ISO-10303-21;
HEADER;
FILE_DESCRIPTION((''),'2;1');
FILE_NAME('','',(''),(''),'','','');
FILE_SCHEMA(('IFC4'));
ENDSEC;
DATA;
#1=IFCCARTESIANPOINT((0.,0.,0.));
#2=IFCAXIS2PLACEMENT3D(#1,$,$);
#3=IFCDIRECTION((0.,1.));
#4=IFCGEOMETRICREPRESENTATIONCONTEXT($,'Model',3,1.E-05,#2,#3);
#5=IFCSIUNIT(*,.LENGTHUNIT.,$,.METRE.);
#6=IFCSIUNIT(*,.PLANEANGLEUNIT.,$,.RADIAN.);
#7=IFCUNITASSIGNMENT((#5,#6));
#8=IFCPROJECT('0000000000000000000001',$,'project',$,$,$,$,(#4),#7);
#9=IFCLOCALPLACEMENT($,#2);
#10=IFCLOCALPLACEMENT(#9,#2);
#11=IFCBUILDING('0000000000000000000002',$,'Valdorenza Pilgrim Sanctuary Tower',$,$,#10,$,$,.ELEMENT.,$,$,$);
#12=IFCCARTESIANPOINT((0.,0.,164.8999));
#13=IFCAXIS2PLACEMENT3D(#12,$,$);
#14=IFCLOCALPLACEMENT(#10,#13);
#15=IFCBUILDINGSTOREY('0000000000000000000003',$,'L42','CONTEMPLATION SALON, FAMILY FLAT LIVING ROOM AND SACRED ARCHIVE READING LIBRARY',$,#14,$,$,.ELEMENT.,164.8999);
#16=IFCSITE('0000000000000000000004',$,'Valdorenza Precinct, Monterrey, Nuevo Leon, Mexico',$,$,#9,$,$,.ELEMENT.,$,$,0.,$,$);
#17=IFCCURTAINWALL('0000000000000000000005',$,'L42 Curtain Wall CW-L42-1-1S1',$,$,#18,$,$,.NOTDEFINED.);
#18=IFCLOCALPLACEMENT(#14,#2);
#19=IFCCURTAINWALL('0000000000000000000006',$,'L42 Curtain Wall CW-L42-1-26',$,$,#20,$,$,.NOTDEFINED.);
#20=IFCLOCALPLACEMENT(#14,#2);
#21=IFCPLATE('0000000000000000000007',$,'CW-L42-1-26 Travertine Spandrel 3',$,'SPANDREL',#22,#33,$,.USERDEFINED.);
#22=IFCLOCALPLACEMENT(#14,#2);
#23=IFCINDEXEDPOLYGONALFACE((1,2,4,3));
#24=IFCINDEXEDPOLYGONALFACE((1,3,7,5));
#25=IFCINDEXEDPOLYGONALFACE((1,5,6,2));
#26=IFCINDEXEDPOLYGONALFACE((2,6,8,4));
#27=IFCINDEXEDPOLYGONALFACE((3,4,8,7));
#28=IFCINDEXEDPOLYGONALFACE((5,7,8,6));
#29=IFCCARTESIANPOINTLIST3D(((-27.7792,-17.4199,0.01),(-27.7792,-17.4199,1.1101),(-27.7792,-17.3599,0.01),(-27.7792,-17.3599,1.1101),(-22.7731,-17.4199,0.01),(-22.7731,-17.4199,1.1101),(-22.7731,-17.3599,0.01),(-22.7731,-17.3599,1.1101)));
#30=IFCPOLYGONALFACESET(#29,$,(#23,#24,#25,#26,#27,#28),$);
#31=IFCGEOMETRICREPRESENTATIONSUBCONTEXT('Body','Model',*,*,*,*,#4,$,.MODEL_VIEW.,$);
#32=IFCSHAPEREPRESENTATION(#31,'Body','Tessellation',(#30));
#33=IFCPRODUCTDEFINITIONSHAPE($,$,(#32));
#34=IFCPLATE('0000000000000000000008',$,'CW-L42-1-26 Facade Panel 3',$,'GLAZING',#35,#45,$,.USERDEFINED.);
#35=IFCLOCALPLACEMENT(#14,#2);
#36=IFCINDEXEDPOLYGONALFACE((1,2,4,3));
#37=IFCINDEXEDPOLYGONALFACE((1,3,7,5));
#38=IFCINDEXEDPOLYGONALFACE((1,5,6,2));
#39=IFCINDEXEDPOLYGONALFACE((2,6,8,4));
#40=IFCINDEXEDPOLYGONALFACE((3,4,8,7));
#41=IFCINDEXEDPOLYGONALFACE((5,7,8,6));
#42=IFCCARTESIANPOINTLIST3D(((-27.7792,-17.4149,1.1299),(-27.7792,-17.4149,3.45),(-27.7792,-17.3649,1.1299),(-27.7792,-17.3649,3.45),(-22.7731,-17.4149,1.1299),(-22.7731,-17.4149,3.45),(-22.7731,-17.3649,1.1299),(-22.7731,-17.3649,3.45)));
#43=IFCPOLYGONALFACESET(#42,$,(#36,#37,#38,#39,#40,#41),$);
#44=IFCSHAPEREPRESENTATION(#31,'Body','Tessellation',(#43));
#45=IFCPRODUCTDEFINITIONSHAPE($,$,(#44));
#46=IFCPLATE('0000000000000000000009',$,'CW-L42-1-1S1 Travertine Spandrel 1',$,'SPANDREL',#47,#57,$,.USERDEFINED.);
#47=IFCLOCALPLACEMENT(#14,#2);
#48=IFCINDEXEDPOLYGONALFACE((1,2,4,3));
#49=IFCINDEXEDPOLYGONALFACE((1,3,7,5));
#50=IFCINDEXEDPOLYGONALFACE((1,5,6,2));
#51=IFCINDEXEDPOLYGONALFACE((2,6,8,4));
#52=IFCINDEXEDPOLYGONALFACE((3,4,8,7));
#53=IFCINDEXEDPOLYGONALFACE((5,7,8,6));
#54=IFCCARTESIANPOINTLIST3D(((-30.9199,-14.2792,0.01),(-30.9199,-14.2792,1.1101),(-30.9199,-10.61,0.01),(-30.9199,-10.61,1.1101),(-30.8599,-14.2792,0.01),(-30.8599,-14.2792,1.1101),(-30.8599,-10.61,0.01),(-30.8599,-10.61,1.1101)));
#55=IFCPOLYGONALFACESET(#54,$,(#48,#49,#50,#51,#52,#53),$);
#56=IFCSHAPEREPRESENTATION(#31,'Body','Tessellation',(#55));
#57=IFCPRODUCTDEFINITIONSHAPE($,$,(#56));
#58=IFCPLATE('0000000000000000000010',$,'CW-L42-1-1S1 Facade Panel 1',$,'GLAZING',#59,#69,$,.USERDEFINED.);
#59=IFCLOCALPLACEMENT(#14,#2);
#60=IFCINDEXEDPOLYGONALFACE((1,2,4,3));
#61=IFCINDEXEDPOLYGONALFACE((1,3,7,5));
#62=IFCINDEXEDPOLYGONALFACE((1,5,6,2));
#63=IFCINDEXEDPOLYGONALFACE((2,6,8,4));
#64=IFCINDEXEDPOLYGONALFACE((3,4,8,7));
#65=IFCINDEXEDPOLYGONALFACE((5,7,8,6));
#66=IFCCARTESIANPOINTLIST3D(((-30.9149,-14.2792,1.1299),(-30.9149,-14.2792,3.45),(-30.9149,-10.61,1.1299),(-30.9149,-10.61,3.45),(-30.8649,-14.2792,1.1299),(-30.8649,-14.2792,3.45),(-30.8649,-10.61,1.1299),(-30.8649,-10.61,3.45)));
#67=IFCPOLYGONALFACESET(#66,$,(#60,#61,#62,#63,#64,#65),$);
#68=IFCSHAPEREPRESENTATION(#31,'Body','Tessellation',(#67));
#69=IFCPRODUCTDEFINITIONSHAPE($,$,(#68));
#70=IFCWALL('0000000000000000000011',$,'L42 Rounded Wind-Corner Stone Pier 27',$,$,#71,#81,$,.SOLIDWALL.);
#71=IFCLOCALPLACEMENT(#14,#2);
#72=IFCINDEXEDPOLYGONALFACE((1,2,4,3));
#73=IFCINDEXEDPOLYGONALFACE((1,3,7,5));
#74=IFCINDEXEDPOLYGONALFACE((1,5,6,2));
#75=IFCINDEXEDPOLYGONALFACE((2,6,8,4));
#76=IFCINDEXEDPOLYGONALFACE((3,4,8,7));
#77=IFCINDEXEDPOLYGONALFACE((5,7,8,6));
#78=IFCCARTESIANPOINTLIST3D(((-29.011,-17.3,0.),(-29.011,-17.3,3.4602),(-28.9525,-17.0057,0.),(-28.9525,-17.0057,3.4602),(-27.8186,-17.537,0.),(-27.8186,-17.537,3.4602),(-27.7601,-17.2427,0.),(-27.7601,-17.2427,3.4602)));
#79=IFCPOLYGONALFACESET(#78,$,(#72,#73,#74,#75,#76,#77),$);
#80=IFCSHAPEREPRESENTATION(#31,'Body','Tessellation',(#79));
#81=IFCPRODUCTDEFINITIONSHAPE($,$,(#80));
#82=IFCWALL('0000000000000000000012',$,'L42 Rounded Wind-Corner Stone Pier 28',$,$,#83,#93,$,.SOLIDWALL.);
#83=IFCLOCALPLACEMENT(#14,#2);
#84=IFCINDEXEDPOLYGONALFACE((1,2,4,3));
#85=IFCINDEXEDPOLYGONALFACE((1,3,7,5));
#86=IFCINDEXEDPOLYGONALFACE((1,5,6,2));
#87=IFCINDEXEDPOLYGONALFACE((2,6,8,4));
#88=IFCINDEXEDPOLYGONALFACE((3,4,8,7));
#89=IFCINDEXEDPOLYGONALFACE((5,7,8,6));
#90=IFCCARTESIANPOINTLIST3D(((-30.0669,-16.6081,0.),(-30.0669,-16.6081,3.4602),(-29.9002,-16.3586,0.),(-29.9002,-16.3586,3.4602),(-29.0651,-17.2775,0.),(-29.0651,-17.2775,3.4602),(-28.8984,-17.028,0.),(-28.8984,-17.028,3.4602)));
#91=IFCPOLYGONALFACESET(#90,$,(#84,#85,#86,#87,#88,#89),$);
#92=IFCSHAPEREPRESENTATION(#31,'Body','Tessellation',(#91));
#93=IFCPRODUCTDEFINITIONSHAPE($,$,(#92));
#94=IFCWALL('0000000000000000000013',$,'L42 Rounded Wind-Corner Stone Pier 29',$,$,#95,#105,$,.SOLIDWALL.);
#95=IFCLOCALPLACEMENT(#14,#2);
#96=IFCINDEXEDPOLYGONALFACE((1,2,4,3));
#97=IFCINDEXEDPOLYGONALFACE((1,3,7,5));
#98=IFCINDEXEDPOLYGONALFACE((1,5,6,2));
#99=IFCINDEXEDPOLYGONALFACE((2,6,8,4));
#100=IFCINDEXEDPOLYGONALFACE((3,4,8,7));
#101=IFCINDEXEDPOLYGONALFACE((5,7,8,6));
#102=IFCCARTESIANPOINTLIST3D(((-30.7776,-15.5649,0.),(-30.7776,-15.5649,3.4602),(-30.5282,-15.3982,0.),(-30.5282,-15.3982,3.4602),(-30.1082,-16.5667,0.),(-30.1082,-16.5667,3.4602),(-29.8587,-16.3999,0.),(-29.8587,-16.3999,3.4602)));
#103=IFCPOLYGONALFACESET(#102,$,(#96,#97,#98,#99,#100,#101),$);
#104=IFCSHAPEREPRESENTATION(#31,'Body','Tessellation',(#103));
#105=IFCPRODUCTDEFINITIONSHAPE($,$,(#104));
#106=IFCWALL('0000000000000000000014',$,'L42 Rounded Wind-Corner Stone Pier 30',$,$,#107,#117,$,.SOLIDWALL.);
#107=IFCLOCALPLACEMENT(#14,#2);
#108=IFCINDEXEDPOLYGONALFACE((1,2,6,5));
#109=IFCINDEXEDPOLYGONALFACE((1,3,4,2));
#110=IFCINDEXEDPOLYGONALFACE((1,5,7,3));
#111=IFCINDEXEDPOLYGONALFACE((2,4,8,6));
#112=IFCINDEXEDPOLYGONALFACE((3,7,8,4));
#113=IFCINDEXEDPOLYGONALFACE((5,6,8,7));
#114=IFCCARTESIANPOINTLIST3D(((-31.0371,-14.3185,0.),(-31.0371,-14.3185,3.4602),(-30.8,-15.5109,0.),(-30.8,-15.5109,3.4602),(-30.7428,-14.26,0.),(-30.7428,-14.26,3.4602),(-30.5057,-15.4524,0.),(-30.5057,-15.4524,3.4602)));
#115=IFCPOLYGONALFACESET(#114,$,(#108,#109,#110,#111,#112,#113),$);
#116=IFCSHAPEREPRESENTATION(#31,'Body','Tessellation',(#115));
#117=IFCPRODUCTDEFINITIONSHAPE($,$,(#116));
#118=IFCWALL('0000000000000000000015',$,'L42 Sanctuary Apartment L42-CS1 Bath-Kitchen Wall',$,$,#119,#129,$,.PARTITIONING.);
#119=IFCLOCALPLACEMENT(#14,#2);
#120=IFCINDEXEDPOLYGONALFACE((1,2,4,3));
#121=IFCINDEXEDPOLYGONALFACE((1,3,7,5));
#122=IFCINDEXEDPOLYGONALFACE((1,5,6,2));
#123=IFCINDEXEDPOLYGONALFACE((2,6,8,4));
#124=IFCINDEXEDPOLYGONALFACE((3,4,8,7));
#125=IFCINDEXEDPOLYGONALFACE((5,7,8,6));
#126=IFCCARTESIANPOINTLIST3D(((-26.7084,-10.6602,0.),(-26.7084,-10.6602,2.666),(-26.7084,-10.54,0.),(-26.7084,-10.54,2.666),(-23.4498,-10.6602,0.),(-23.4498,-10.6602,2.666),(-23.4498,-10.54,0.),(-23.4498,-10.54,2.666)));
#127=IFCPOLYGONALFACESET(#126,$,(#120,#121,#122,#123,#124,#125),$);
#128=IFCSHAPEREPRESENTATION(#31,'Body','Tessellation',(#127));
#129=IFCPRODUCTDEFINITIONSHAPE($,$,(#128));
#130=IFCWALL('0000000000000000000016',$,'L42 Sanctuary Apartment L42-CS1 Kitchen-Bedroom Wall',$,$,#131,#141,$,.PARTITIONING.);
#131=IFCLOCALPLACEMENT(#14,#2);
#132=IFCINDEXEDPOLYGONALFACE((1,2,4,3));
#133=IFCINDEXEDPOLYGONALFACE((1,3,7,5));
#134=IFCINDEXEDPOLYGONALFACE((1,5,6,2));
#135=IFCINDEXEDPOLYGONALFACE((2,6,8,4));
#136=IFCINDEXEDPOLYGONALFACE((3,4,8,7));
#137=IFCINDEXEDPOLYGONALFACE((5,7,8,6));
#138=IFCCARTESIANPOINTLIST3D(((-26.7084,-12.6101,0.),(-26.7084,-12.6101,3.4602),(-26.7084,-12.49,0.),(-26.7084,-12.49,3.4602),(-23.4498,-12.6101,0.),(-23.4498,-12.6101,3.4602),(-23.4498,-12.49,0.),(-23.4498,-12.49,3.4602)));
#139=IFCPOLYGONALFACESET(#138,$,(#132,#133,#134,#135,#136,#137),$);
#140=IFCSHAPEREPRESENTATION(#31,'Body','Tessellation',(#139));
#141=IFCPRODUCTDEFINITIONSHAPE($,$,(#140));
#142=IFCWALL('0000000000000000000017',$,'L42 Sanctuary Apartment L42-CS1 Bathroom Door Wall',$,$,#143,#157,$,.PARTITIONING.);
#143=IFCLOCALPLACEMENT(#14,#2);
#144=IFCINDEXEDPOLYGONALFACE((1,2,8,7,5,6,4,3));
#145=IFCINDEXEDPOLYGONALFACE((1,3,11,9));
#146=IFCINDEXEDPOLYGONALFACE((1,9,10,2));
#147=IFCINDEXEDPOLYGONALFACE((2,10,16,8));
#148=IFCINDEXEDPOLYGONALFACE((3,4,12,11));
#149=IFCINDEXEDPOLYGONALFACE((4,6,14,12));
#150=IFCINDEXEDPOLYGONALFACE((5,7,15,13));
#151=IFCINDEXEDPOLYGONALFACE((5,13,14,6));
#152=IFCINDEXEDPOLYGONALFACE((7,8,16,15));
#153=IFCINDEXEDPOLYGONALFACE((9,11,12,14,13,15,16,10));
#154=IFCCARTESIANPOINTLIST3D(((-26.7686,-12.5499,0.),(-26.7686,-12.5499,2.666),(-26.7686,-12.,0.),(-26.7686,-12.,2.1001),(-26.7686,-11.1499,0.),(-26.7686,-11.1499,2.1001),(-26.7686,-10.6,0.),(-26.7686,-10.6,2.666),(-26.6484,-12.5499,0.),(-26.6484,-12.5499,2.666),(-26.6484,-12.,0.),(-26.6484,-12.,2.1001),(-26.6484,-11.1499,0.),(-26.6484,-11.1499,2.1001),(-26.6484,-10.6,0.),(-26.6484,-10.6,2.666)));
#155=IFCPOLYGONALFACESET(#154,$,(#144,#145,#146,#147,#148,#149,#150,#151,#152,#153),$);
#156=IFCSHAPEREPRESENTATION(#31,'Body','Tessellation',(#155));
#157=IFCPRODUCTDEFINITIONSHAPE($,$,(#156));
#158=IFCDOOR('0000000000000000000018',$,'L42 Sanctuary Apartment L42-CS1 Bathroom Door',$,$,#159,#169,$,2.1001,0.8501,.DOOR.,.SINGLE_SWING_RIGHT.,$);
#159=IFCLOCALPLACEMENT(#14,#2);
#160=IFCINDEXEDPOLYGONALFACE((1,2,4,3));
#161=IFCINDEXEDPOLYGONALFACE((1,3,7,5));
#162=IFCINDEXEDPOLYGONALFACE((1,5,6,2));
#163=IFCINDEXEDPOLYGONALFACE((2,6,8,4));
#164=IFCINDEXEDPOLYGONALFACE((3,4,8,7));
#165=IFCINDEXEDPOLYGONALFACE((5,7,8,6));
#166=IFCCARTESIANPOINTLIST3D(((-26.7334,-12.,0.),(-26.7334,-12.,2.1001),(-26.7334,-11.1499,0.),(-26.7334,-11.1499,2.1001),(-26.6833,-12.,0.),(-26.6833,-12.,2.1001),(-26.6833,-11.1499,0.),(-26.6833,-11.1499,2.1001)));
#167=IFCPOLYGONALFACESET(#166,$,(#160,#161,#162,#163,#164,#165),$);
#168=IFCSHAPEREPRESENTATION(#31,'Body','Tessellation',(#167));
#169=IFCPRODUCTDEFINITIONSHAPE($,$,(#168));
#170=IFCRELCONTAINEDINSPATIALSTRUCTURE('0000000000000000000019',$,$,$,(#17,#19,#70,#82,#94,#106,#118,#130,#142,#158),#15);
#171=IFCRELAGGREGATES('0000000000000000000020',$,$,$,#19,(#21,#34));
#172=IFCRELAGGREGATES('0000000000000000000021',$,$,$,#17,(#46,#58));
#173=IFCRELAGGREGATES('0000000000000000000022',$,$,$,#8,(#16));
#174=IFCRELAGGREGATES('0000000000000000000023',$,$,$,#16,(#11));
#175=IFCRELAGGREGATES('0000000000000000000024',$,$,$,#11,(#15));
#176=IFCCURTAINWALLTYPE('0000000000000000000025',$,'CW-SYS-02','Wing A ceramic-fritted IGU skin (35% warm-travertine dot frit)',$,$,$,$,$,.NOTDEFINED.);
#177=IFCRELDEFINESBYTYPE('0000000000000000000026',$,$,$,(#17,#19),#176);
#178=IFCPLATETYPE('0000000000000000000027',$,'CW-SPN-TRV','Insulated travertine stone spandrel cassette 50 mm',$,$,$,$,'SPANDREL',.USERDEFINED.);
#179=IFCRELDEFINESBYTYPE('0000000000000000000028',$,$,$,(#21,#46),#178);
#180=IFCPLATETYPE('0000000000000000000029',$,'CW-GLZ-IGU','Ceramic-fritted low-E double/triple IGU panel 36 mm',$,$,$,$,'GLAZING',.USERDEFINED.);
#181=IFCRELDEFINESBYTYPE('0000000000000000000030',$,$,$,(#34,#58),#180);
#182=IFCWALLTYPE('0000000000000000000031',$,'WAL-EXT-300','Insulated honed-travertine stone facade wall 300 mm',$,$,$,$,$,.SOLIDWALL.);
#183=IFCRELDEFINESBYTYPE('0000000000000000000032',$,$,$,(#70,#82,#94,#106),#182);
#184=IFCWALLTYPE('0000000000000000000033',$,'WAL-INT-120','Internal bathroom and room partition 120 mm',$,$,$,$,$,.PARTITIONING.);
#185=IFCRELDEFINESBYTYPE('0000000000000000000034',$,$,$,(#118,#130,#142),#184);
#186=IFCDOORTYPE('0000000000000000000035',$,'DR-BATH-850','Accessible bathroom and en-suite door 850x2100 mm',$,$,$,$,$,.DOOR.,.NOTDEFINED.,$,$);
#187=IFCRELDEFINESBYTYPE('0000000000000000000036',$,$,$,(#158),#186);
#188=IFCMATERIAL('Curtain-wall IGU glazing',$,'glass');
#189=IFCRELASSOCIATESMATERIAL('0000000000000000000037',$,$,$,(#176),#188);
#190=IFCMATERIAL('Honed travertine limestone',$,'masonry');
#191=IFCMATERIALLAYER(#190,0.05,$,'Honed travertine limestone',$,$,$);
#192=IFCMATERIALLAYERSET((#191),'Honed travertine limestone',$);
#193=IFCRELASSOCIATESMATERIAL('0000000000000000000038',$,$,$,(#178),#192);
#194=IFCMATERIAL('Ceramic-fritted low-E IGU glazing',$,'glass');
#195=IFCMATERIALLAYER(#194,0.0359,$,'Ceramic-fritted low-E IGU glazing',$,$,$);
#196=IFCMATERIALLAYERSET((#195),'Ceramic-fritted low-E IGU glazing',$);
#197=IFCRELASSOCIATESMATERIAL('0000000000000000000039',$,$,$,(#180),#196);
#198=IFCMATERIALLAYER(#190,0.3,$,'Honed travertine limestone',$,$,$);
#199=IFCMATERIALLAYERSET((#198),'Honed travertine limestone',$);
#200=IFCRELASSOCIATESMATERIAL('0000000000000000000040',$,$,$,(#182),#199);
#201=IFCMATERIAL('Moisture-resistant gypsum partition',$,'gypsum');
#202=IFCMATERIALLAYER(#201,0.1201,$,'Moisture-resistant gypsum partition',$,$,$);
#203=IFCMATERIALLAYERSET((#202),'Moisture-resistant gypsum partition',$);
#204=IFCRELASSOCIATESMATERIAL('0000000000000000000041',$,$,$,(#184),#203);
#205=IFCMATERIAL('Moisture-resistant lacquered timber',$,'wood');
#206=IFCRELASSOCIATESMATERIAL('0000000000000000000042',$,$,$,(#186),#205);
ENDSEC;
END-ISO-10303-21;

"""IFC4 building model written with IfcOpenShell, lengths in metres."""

from ifc_helpers import new_model, si_unit, direction, frame, frame_2d, origin, origin_2d, place, context, subcontext, project, spatial, rectangle, extrude, source, transform, mapped, material, layer, layer_set, type_object, element, fill, aggregate, save


model = new_model("IFC4")

# Units and contexts
model_context = context("Model", 3, precision=1e-05, world=origin(), true_north=direction((0.0, 1.0)))
body_context = subcontext(model_context, "Body", "Model", "MODEL_VIEW")
ifc_project = project(units=[si_unit("LENGTHUNIT", "METRE"), si_unit("PLANEANGLEUNIT", "RADIAN")], contexts=[model_context])

# Site, building, storey
site_placement = place(None, origin())
site = spatial("IfcSite", under=ifc_project, at=site_placement, Name="Valdorenza Precinct, Monterrey, Nuevo Leon, Mexico", CompositionType="ELEMENT", RefElevation=0.0)
building_placement = place(site_placement, origin())
building = spatial("IfcBuilding", under=site, at=building_placement, Name="Valdorenza Pilgrim Sanctuary Tower", CompositionType="ELEMENT")
storey_placement = place(building_placement, frame((0.0, 0.0, 164.8999)))
storey = spatial("IfcBuildingStorey", under=building, at=storey_placement, Name="L42", Description="CONTEMPLATION SALON, FAMILY FLAT LIVING ROOM AND SACRED ARCHIVE READING LIBRARY", CompositionType="ELEMENT", Elevation=164.8999)

# Shared definitions
ifc_material_1 = material(Name="Curtain-wall IGU glazing", Category="glass")
curtain_wall_type = type_object("IfcCurtainWallType", Name="CW-SYS-02", Description="Wing A ceramic-fritted IGU skin (35% warm-travertine dot frit)", PredefinedType="NOTDEFINED", material=ifc_material_1)

# Curtain wall
curtain_wall_1_placement = place(storey_placement, origin())
curtain_wall_1 = element("IfcCurtainWall", 1, at=curtain_wall_1_placement, inside=storey, type_object=curtain_wall_type, Name="L42 Curtain Wall CW-L42-1-1S1", PredefinedType="NOTDEFINED")

# Curtain wall
curtain_wall_2_placement = place(storey_placement, origin())
curtain_wall_2 = element("IfcCurtainWall", 2, at=curtain_wall_2_placement, inside=storey, type_object=curtain_wall_type, Name="L42 Curtain Wall CW-L42-1-26", PredefinedType="NOTDEFINED")

# Plates
ifc_material_2 = material(Name="Honed travertine limestone", Category="masonry")
ifc_layer_1 = layer(ifc_material_2, 0.05, Name="Honed travertine limestone")
ifc_layer_set_1 = layer_set([ifc_layer_1], Name="Honed travertine limestone")
plate_type_1 = type_object("IfcPlateType", Name="CW-SPN-TRV", Description="Insulated travertine stone spandrel cassette 50 mm", ElementType="SPANDREL", PredefinedType="USERDEFINED", material=ifc_layer_set_1)
ifc_material_3 = material(Name="Ceramic-fritted low-E IGU glazing", Category="glass")
ifc_layer_2 = layer(ifc_material_3, 0.0359, Name="Ceramic-fritted low-E IGU glazing")
ifc_layer_set_2 = layer_set([ifc_layer_2], Name="Ceramic-fritted low-E IGU glazing")
plate_type_2 = type_object("IfcPlateType", Name="CW-GLZ-IGU", Description="Ceramic-fritted low-E double/triple IGU panel 36 mm", ElementType="GLAZING", PredefinedType="USERDEFINED", material=ifc_layer_set_2)
shared_shape_1 = source(origin(), body_context, "Body", "SweptSolid", [
    extrude(rectangle(XDim=5.0061, YDim=0.0601, at=origin_2d()), origin(), (0.0, 0.0, 1.0), 1.1001),
])
plate_1_placement = place(storey_placement, frame((-25.2761, -17.3899, 0.01), z_axis=(0.0, 0.0, 1.0), x_axis=(-1.0, 0.0, 0.0)))
plate_1 = element("IfcPlate", 3, at=plate_1_placement, type_object=plate_type_1, Name="CW-L42-1-26 Travertine Spandrel 3", ObjectType="SPANDREL", PredefinedType="USERDEFINED", context=body_context, shape_type="MappedRepresentation", body=[
    mapped(shared_shape_1, transform((0.0, 0.0, 0.0), x_axis=(1.0, 0.0, 0.0), y_axis=(0.0, 1.0, 0.0), z_axis=(0.0, 0.0, 1.0), scale=1.0)),
])
shared_shape_2 = source(origin(), body_context, "Body", "SweptSolid", [
    extrude(rectangle(XDim=5.0061, YDim=0.05, at=origin_2d()), origin(), (0.0, 0.0, 1.0), 2.3201),
])
plate_2_placement = place(storey_placement, frame((-25.2761, -17.3899, 1.1299), z_axis=(0.0, 0.0, 1.0), x_axis=(-1.0, 0.0, 0.0)))
plate_2 = element("IfcPlate", 4, at=plate_2_placement, type_object=plate_type_2, Name="CW-L42-1-26 Facade Panel 3", ObjectType="GLAZING", PredefinedType="USERDEFINED", context=body_context, shape_type="MappedRepresentation", body=[
    mapped(shared_shape_2, transform((0.0, 0.0, 0.0), x_axis=(1.0, 0.0, 0.0), y_axis=(0.0, 1.0, 0.0), z_axis=(0.0, 0.0, 1.0), scale=1.0)),
])
aggregate(curtain_wall_2, [plate_1, plate_2])
shared_shape_3 = source(origin(), body_context, "Body", "SweptSolid", [
    extrude(rectangle(XDim=3.6692, YDim=0.0601, at=origin_2d()), origin(), (0.0, 0.0, 1.0), 1.1001),
])
plate_3_placement = place(storey_placement, frame((-30.8899, -12.4446, 0.01), z_axis=(0.0, 0.0, 1.0), x_axis=(0.0, 1.0, 0.0)))
plate_3 = element("IfcPlate", 5, at=plate_3_placement, type_object=plate_type_1, Name="CW-L42-1-1S1 Travertine Spandrel 1", ObjectType="SPANDREL", PredefinedType="USERDEFINED", context=body_context, shape_type="MappedRepresentation", body=[
    mapped(shared_shape_3, transform((0.0, 0.0, 0.0), x_axis=(1.0, 0.0, 0.0), y_axis=(0.0, 1.0, 0.0), z_axis=(0.0, 0.0, 1.0), scale=1.0)),
])
shared_shape_4 = source(origin(), body_context, "Body", "SweptSolid", [
    extrude(rectangle(XDim=3.6692, YDim=0.05, at=origin_2d()), origin(), (0.0, 0.0, 1.0), 2.3201),
])
plate_4_placement = place(storey_placement, frame((-30.8899, -12.4446, 1.1299), z_axis=(0.0, 0.0, 1.0), x_axis=(0.0, 1.0, 0.0)))
plate_4 = element("IfcPlate", 6, at=plate_4_placement, type_object=plate_type_2, Name="CW-L42-1-1S1 Facade Panel 1", ObjectType="GLAZING", PredefinedType="USERDEFINED", context=body_context, shape_type="MappedRepresentation", body=[
    mapped(shared_shape_4, transform((0.0, 0.0, 0.0), x_axis=(1.0, 0.0, 0.0), y_axis=(0.0, 1.0, 0.0), z_axis=(0.0, 0.0, 1.0), scale=1.0)),
])
aggregate(curtain_wall_1, [plate_3, plate_4])

# Walls
ifc_layer_3 = layer(ifc_material_2, 0.3, Name="Honed travertine limestone")
ifc_layer_set_3 = layer_set([ifc_layer_3], Name="Honed travertine limestone")
wall_type_1 = type_object("IfcWallType", Name="WAL-EXT-300", Description="Insulated honed-travertine stone facade wall 300 mm", PredefinedType="SOLIDWALL", material=ifc_layer_set_3)
wall_1_placement = place(storey_placement, frame((-27.7893, -17.3899, 0.0), z_axis=(0.0, 0.0, 1.0), x_axis=(-0.980804, 0.194996, 0.0)))
element("IfcWall", 7, at=wall_1_placement, inside=storey, type_object=wall_type_1, Name="L42 Rounded Wind-Corner Stone Pier 27", PredefinedType="SOLIDWALL", context=body_context, shape_type="SweptSolid", body=[
    extrude(rectangle(XDim=1.2158, YDim=0.3, at=frame_2d((0.6079, 0.0))), origin(), (0.0, 0.0, 1.0), 3.4602),
])
for number, where, z_axis, x_axis, name in (
    (8, (-28.9817, -17.1528, 0.0), (0.0, 0.0, 1.0), (-0.831426, 0.555635, 0.0), "L42 Rounded Wind-Corner Stone Pier 28"),
    (9, (-29.9834, -16.4834, 0.0), (0.0, 0.0, 1.0), (-0.555635, 0.831426, 0.0), "L42 Rounded Wind-Corner Stone Pier 29"),
):
    element("IfcWall", number, at=place(storey_placement, frame(where, z_axis=z_axis, x_axis=x_axis)), inside=storey, type_object=wall_type_1, Name=name, PredefinedType="SOLIDWALL", context=body_context, shape_type="SweptSolid", body=[
        extrude(rectangle(XDim=1.2048, YDim=0.3, at=frame_2d((0.6025, 0.0))), origin(), (0.0, 0.0, 1.0), 3.4602),
    ])
wall_2_placement = place(storey_placement, frame((-30.6528, -15.4817, 0.0), z_axis=(0.0, 0.0, 1.0), x_axis=(-0.194996, 0.980804, 0.0)))
element("IfcWall", 10, at=wall_2_placement, inside=storey, type_object=wall_type_1, Name="L42 Rounded Wind-Corner Stone Pier 30", PredefinedType="SOLIDWALL", context=body_context, shape_type="SweptSolid", body=[
    extrude(rectangle(XDim=1.2158, YDim=0.3, at=frame_2d((0.6079, 0.0))), origin(), (0.0, 0.0, 1.0), 3.4602),
])
ifc_material_4 = material(Name="Moisture-resistant gypsum partition", Category="gypsum")
ifc_layer_4 = layer(ifc_material_4, 0.1201, Name="Moisture-resistant gypsum partition")
ifc_layer_set_4 = layer_set([ifc_layer_4], Name="Moisture-resistant gypsum partition")
wall_type_2 = type_object("IfcWallType", Name="WAL-INT-120", Description="Internal bathroom and room partition 120 mm", PredefinedType="PARTITIONING", material=ifc_layer_set_4)
wall_3_placement = place(storey_placement, frame((-26.7085, -10.6001, 0.0), z_axis=(0.0, 0.0, 1.0), x_axis=(1.0, 0.0, 0.0)))
element("IfcWall", 11, at=wall_3_placement, inside=storey, type_object=wall_type_2, Name="L42 Sanctuary Apartment L42-CS1 Bath-Kitchen Wall", PredefinedType="PARTITIONING", context=body_context, shape_type="SweptSolid", body=[
    extrude(rectangle(XDim=3.2585, YDim=0.1201, at=frame_2d((1.6294, 0.0))), origin(), (0.0, 0.0, 1.0), 2.666),
])
wall_4_placement = place(storey_placement, frame((-26.7085, -12.55, 0.0), z_axis=(0.0, 0.0, 1.0), x_axis=(1.0, 0.0, 0.0)))
element("IfcWall", 12, at=wall_4_placement, inside=storey, type_object=wall_type_2, Name="L42 Sanctuary Apartment L42-CS1 Kitchen-Bedroom Wall", PredefinedType="PARTITIONING", context=body_context, shape_type="SweptSolid", body=[
    extrude(rectangle(XDim=3.2585, YDim=0.1201, at=frame_2d((1.6294, 0.0))), origin(), (0.0, 0.0, 1.0), 3.4602),
])

# Wall, opening, door
wall_5_placement = place(storey_placement, frame((-26.7085, -12.55, 0.0), z_axis=(0.0, 0.0, 1.0), x_axis=(0.0, 1.0, 0.0)))
wall_5 = element("IfcWall", 13, at=wall_5_placement, inside=storey, type_object=wall_type_2, Name="L42 Sanctuary Apartment L42-CS1 Bathroom Door Wall", PredefinedType="PARTITIONING", context=body_context, shape_type="SweptSolid", body=[
    extrude(rectangle(XDim=1.95, YDim=0.1201, at=frame_2d((0.9751, 0.0))), origin(), (0.0, 0.0, 1.0), 2.666),
])
opening_1_placement = place(wall_5_placement, frame((0.55, 0.0, 0.0)))
opening_1 = element("IfcOpeningElement", 14, at=opening_1_placement, cuts=wall_5, PredefinedType="OPENING", context=body_context, shape_type="SweptSolid", body=[
    extrude(rectangle(XDim=0.8501, YDim=2.1001, at=frame_2d((0.425, 1.05))), frame((0.0, 0.075, 0.0), z_axis=(0.0, -1.0, 0.0), x_axis=(1.0, 0.0, 0.0)), (0.0, 0.0, 1.0), 0.1499),
])
ifc_material_5 = material(Name="Moisture-resistant lacquered timber", Category="wood")
door_type_1 = type_object("IfcDoorType", Name="DR-BATH-850", Description="Accessible bathroom and en-suite door 850x2100 mm", OperationType="NOTDEFINED", PredefinedType="DOOR", material=ifc_material_5)
door_1_placement = place(opening_1_placement, origin())
door_1 = element("IfcDoor", 15, at=door_1_placement, inside=storey, type_object=door_type_1, Name="L42 Sanctuary Apartment L42-CS1 Bathroom Door", OperationType="SINGLE_SWING_RIGHT", OverallHeight=2.1001, OverallWidth=0.8501, PredefinedType="DOOR", context=body_context, shape_type="SweptSolid", body=[
    extrude(rectangle(XDim=0.8501, YDim=2.1001, at=frame_2d((0.425, 1.05))), frame((0.0, 0.0249, 0.0), z_axis=(0.0, -1.0, 0.0), x_axis=(1.0, 0.0, 0.0)), (0.0, 0.0, 1.0), 0.05),
])
fill(opening_1, door_1)

save(model, "model.ifc")
